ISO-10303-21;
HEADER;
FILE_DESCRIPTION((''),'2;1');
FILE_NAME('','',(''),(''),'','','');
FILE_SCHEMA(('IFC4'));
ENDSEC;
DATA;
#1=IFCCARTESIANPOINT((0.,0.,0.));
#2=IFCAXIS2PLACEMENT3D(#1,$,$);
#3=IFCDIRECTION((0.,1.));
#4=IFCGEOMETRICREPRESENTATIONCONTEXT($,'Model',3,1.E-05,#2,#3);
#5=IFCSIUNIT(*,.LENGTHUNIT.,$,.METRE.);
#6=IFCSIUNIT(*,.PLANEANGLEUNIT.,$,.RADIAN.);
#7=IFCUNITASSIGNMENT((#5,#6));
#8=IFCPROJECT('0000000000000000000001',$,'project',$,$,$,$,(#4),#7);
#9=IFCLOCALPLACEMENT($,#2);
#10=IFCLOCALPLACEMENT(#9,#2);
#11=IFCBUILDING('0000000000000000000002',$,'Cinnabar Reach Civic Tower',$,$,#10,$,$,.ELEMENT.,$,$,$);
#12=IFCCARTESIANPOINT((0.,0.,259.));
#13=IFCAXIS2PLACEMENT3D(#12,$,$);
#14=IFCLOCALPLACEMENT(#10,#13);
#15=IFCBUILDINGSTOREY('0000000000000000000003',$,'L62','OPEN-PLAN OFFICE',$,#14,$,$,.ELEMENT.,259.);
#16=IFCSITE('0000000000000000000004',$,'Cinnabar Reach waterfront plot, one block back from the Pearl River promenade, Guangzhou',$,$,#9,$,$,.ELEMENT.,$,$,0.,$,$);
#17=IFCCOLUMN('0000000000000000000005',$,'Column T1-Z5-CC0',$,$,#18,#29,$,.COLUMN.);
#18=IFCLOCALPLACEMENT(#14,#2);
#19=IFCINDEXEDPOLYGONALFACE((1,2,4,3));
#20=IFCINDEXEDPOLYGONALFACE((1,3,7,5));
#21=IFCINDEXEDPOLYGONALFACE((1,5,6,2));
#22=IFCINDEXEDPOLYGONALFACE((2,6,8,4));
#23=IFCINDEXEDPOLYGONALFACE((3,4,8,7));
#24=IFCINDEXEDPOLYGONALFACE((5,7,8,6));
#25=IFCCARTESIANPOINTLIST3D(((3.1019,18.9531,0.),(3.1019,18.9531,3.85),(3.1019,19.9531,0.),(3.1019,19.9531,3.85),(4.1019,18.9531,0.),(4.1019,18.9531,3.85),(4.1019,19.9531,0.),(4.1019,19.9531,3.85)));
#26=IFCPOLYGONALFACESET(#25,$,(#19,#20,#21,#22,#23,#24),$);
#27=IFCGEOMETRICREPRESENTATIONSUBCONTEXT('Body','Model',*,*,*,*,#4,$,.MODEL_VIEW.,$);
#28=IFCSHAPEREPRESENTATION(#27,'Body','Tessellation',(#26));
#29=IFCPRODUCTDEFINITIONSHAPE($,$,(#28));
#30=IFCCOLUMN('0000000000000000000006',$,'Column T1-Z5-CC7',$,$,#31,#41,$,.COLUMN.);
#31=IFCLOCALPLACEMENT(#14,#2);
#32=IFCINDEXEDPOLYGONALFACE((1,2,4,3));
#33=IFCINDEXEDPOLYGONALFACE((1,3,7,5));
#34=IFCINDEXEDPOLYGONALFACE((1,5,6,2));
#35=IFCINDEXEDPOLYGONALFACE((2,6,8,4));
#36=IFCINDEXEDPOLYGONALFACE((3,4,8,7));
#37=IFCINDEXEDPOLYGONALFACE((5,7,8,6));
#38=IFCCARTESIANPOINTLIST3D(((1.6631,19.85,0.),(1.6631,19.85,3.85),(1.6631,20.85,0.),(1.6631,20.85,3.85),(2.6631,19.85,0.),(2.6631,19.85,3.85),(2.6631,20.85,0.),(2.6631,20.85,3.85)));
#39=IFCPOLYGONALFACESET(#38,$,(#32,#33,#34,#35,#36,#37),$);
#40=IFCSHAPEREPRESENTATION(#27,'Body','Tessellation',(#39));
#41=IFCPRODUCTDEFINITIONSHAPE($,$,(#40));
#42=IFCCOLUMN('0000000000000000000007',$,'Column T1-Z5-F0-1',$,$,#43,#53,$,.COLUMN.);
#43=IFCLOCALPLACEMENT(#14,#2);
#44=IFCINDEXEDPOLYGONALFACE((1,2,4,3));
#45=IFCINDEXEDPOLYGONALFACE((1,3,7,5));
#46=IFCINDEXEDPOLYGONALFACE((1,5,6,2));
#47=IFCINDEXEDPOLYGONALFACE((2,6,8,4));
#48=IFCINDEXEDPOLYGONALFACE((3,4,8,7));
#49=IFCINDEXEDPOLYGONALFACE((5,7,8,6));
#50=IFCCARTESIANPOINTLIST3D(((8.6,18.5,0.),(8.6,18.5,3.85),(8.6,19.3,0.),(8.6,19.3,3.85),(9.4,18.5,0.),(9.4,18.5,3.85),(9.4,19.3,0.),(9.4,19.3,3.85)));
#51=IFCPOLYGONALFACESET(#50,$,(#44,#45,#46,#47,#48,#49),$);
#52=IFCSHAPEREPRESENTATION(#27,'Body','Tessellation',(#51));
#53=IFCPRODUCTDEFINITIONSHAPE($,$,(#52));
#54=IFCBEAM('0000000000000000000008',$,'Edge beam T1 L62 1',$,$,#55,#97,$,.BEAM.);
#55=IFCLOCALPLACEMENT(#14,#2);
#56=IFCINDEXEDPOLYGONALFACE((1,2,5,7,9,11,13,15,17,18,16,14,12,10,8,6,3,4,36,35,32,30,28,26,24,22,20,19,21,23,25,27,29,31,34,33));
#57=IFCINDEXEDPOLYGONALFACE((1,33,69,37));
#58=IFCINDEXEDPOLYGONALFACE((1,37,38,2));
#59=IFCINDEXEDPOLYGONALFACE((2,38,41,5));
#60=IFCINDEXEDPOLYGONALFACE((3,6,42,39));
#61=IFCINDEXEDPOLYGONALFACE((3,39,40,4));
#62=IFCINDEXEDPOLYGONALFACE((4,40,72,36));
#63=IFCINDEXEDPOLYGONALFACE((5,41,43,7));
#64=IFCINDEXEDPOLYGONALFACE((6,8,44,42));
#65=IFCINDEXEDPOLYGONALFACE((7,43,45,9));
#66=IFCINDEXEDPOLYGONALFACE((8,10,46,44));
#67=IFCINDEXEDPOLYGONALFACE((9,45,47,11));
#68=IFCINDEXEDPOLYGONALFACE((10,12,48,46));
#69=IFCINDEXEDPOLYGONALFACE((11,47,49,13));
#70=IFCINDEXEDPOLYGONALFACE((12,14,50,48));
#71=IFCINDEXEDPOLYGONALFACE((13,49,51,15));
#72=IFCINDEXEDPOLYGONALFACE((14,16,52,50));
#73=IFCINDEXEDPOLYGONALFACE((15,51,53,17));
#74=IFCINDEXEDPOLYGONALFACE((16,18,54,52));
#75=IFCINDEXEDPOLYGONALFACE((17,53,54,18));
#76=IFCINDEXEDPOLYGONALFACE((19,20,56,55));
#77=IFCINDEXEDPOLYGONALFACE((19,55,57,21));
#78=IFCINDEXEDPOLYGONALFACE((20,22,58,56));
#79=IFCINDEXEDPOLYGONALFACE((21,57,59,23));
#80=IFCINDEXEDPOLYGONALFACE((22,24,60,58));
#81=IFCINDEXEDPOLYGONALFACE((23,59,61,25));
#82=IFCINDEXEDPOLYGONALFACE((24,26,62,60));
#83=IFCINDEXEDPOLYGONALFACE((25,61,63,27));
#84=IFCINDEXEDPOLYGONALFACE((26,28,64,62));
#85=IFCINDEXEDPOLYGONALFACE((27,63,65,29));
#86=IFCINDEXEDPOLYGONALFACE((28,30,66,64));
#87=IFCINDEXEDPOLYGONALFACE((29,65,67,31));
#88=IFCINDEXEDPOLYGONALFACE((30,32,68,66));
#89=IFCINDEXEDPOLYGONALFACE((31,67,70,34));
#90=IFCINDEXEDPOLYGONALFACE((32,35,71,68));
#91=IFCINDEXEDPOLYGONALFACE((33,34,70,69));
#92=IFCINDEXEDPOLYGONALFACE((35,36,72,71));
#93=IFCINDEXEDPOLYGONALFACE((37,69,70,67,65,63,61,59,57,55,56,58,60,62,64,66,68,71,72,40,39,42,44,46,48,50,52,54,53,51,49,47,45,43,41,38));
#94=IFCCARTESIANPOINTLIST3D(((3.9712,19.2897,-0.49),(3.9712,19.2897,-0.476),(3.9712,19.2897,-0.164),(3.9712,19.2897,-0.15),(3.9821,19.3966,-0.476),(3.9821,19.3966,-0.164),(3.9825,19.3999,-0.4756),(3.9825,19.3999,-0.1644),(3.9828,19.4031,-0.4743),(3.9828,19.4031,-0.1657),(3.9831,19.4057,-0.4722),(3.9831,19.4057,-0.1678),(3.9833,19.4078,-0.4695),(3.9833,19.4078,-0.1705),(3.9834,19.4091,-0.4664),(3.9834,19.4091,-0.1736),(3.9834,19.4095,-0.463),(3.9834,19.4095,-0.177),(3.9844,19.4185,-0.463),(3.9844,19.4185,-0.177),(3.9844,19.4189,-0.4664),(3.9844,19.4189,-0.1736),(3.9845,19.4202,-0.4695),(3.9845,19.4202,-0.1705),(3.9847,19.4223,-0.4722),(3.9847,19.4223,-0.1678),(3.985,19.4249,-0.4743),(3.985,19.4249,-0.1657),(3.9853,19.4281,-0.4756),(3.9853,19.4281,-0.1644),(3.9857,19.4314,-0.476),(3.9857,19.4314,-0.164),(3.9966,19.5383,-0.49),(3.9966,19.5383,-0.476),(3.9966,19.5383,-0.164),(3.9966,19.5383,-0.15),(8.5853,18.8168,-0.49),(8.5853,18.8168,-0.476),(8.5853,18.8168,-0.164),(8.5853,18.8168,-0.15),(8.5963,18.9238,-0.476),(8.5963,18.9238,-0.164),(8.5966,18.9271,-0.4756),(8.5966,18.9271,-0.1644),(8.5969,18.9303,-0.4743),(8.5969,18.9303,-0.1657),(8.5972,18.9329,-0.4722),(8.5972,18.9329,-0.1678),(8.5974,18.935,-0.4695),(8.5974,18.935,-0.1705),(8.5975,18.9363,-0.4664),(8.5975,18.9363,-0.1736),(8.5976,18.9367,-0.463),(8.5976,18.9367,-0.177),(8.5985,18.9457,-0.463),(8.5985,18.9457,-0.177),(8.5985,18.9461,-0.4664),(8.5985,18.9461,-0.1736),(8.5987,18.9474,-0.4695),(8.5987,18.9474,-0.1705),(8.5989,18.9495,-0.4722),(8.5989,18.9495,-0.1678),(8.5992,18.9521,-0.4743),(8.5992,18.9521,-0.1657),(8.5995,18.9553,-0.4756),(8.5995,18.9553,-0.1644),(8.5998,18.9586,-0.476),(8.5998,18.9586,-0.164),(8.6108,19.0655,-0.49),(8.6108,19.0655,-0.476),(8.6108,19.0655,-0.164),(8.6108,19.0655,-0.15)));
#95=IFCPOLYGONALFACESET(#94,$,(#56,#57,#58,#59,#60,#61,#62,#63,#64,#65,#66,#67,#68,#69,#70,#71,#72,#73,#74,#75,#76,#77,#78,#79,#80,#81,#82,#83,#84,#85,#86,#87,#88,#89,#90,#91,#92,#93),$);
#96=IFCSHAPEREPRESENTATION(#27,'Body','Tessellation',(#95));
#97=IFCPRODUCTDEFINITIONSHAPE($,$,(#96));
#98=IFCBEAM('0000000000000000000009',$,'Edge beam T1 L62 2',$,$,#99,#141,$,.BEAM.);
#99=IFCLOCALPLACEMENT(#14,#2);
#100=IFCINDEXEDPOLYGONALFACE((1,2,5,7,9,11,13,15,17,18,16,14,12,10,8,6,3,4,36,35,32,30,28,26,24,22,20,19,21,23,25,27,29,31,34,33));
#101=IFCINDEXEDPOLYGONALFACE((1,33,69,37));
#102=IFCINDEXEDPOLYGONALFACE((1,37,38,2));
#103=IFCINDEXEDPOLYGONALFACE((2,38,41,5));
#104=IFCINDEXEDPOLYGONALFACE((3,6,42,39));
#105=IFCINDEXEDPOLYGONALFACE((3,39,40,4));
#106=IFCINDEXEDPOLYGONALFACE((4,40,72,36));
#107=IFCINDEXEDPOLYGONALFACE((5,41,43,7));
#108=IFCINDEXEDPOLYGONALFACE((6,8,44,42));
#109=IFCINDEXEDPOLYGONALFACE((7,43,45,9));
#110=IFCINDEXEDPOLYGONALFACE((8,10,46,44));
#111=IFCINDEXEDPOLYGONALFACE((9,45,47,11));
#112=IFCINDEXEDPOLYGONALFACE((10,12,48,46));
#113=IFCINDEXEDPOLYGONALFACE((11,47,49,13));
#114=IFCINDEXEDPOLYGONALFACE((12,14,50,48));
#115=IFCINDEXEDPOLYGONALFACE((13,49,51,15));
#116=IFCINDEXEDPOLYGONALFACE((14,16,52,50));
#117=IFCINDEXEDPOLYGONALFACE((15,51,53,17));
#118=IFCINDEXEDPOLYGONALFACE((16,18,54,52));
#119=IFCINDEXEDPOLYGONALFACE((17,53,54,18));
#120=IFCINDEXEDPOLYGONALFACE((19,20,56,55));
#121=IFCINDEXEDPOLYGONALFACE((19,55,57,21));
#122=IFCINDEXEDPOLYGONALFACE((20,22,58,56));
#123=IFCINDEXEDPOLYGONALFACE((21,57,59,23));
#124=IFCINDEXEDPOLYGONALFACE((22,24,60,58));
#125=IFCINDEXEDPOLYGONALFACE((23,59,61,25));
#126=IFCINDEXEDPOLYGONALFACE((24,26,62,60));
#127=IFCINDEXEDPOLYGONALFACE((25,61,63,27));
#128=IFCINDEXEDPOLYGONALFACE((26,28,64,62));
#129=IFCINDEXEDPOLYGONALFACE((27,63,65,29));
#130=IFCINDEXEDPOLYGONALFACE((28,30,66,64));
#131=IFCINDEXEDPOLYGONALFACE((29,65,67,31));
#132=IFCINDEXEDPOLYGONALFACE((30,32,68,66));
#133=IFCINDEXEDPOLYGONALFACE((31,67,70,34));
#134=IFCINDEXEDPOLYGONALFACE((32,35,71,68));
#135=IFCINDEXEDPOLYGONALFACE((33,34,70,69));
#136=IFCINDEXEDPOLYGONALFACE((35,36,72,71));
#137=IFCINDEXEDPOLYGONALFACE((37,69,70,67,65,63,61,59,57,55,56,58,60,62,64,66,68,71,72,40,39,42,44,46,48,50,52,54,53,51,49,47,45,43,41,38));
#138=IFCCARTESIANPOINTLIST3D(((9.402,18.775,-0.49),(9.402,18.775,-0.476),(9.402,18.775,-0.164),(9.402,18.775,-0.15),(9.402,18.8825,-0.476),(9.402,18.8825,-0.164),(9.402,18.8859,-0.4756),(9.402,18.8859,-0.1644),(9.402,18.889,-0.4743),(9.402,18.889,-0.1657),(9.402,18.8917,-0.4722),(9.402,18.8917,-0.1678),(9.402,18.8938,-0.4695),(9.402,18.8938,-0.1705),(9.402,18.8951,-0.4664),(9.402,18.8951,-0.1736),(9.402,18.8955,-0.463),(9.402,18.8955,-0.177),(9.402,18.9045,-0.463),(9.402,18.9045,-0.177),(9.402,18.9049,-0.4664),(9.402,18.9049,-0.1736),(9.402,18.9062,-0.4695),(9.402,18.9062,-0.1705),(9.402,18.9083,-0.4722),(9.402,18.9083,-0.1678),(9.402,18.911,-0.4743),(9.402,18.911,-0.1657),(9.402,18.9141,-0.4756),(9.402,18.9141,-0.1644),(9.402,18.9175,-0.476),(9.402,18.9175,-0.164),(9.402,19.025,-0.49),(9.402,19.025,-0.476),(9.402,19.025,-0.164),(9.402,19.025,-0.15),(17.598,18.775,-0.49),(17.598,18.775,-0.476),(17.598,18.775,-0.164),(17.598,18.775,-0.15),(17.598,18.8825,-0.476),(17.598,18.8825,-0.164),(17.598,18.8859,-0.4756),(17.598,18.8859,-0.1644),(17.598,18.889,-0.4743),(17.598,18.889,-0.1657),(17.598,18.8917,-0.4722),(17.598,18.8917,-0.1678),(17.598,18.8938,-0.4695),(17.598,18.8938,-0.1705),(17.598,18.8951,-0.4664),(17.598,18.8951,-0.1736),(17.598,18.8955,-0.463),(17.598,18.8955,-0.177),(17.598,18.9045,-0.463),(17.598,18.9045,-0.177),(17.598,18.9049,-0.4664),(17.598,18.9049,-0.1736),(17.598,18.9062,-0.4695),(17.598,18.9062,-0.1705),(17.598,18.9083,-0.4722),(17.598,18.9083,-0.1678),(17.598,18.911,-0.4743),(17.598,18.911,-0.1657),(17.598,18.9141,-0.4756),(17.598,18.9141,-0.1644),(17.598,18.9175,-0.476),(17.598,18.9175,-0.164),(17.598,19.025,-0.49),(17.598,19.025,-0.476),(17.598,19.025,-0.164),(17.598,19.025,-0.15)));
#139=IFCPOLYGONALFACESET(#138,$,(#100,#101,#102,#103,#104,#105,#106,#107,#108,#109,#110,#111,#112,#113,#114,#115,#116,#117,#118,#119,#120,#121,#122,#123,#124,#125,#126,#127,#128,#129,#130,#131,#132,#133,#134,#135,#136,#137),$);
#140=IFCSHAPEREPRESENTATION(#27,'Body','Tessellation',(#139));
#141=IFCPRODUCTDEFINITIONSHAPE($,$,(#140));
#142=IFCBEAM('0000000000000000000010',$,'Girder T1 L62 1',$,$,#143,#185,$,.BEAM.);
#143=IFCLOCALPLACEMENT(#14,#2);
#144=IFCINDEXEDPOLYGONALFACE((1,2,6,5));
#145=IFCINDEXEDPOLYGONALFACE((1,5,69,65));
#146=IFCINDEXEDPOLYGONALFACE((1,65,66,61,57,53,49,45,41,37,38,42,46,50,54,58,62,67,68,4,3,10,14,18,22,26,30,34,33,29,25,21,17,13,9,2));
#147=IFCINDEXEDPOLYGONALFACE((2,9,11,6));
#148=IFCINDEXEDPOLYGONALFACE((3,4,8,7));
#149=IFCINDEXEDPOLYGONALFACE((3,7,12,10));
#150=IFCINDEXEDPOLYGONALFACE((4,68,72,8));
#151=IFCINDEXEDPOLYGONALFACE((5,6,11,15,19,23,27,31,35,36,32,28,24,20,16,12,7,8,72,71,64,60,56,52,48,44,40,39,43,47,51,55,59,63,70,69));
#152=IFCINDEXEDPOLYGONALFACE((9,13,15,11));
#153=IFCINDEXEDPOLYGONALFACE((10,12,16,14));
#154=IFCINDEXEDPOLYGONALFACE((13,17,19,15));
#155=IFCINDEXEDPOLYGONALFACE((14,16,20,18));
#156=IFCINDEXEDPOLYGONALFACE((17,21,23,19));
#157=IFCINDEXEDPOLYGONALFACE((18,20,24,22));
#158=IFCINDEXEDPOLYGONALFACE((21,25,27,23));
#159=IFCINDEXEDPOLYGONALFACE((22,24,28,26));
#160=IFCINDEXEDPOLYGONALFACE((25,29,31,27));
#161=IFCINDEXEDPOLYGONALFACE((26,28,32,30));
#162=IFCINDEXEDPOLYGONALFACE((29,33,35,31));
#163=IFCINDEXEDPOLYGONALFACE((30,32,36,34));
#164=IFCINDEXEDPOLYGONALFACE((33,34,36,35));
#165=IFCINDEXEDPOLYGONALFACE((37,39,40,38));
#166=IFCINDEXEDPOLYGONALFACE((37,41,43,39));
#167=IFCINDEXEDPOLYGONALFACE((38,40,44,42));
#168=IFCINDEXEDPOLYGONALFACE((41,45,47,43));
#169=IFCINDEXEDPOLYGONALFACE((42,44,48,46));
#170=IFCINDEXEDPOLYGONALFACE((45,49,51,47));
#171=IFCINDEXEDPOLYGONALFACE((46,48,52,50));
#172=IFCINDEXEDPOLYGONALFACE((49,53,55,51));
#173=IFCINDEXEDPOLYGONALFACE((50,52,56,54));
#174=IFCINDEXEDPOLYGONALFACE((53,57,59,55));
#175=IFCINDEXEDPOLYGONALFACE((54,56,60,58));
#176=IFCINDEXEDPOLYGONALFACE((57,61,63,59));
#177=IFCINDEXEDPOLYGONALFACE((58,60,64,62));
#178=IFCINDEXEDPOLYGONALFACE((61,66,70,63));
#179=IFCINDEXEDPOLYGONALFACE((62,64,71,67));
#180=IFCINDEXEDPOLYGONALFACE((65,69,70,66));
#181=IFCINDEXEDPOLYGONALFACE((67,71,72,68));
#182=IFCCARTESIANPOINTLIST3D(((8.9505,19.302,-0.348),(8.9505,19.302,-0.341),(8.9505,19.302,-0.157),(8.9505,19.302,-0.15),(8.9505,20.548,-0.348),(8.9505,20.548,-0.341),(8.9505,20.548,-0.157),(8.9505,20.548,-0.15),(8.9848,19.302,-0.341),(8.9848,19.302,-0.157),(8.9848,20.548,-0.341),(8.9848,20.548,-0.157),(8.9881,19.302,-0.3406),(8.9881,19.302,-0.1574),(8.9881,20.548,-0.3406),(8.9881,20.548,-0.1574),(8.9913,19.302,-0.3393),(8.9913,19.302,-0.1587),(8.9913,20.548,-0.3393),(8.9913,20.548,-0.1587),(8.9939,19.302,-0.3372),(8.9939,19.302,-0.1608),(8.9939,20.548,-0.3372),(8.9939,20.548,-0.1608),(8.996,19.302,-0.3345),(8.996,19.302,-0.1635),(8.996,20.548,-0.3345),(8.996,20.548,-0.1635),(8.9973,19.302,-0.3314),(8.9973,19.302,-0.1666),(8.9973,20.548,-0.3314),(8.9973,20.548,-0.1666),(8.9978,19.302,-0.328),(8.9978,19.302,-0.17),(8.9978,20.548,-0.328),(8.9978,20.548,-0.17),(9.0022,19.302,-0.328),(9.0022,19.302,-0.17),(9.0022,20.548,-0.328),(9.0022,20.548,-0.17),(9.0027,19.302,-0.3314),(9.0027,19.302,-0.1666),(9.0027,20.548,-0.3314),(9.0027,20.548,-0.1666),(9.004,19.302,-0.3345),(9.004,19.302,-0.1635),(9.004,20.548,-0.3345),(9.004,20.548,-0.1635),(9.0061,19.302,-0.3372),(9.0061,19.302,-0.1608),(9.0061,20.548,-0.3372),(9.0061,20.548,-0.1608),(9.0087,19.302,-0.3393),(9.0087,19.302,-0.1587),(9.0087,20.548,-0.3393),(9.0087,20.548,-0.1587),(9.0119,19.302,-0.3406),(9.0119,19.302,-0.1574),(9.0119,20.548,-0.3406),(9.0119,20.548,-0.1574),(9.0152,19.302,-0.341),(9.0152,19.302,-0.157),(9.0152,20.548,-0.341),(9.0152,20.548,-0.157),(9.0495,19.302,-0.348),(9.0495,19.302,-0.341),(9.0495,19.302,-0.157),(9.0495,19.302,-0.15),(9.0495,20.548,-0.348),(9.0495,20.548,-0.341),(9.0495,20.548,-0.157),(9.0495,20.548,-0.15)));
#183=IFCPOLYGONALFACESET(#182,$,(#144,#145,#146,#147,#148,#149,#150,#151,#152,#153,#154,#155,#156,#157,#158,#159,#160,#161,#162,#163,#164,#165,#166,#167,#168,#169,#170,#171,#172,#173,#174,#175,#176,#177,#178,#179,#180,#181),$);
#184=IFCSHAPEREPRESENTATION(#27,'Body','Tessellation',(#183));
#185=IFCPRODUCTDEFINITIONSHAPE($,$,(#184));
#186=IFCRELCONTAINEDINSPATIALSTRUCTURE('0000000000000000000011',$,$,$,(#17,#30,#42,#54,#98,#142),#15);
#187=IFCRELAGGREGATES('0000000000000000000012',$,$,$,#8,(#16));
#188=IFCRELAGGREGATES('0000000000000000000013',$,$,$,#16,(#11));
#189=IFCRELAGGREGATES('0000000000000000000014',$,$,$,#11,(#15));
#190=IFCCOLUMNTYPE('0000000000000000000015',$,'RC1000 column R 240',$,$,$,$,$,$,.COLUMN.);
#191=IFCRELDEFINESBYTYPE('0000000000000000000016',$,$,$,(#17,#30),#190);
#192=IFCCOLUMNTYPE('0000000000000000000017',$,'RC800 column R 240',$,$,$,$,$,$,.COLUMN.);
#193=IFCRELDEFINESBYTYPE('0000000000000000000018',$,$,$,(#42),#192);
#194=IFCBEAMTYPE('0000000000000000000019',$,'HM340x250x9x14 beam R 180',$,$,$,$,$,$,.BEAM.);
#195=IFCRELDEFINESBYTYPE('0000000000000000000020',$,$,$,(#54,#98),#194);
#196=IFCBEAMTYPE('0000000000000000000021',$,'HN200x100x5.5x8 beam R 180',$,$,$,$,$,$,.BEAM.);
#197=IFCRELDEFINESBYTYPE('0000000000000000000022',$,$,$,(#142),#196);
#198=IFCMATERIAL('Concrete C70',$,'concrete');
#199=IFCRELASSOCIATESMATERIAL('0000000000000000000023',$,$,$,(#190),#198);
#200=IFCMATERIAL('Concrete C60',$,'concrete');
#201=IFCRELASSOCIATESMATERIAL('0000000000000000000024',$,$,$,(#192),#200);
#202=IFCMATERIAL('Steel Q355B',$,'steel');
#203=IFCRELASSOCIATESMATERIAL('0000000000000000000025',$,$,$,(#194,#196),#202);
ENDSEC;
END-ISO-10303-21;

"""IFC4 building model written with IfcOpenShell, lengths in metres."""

from ifc_helpers import new_model, si_unit, direction, frame, origin, origin_2d, place, context, subcontext, project, spatial, rectangle, i_section, extrude, material, material_profile, profile_set, type_object, element, save


model = new_model("IFC4")

# Units and contexts
model_context = context("Model", 3, precision=1e-05, world=origin(), true_north=direction((0.0, 1.0)))
body_context = subcontext(model_context, "Body", "Model", "MODEL_VIEW")
ifc_project = project(units=[si_unit("LENGTHUNIT", "METRE"), si_unit("PLANEANGLEUNIT", "RADIAN")], contexts=[model_context])

# Site, building, storey
site_placement = place(None, origin())
site = spatial("IfcSite", under=ifc_project, at=site_placement, Name="Cinnabar Reach waterfront plot, one block back from the Pearl River promenade, Guangzhou", CompositionType="ELEMENT", RefElevation=0.0)
building_placement = place(site_placement, origin())
building = spatial("IfcBuilding", under=site, at=building_placement, Name="Cinnabar Reach Civic Tower", CompositionType="ELEMENT")
storey_placement = place(building_placement, frame((0.0, 0.0, 259.0)))
storey = spatial("IfcBuildingStorey", under=building, at=storey_placement, Name="L62", Description="OPEN-PLAN OFFICE", CompositionType="ELEMENT", Elevation=259.0)

# Columns
ifc_material_1 = material(Name="Concrete C70", Category="concrete")
ifc_material_profile_1 = material_profile(ifc_material_1, rectangle(XDim=1.0, YDim=1.0, at=origin_2d()), Name="RC1000")
ifc_profile_set_1 = profile_set([ifc_material_profile_1], Name="Concrete C70")
column_type_1 = type_object("IfcColumnType", Name="RC1000 column R 240", PredefinedType="COLUMN", material=ifc_profile_set_1)
for number, where, z_axis, x_axis, name in (
    (1, (3.6019, 19.4531, 0.0), (0.0, 0.0, 1.0), (1.0, 0.0, 0.0), "Column T1-Z5-CC0"),
    (2, (2.1631, 20.35, 0.0), (0.0, 0.0, 1.0), (1.0, 0.0, 0.0), "Column T1-Z5-CC7"),
):
    element("IfcColumn", number, at=place(storey_placement, frame(where, z_axis=z_axis, x_axis=x_axis)), inside=storey, type_object=column_type_1, Name=name, PredefinedType="COLUMN", context=body_context, shape_type="SweptSolid", body=[
        extrude(rectangle(XDim=1.0, YDim=1.0, at=origin_2d()), origin(), (0.0, 0.0, 1.0), 3.85),
    ])
ifc_material_2 = material(Name="Concrete C60", Category="concrete")
ifc_material_profile_2 = material_profile(ifc_material_2, rectangle(XDim=0.8, YDim=0.8, at=origin_2d()), Name="RC800")
ifc_profile_set_2 = profile_set([ifc_material_profile_2], Name="Concrete C60")
column_type_2 = type_object("IfcColumnType", Name="RC800 column R 240", PredefinedType="COLUMN", material=ifc_profile_set_2)
column_placement = place(storey_placement, frame((9.0, 18.9, 0.0), z_axis=(0.0, 0.0, 1.0), x_axis=(1.0, 0.0, 0.0)))
element("IfcColumn", 3, at=column_placement, inside=storey, type_object=column_type_2, Name="Column T1-Z5-F0-1", PredefinedType="COLUMN", context=body_context, shape_type="SweptSolid", body=[
    extrude(rectangle(XDim=0.8, YDim=0.8, at=origin_2d()), origin(), (0.0, 0.0, 1.0), 3.85),
])

# Beams
ifc_material_3 = material(Name="Steel Q355B", Category="steel")
ifc_material_profile_3 = material_profile(ifc_material_3, i_section(OverallWidth=0.25, OverallDepth=0.34, WebThickness=0.009, FlangeThickness=0.014, FilletRadius=0.013, at=origin_2d()), Name="HM340x250x9x14")
ifc_profile_set_3 = profile_set([ifc_material_profile_3], Name="Steel Q355B")
beam_type_1 = type_object("IfcBeamType", Name="HM340x250x9x14 beam R 180", PredefinedType="BEAM", material=ifc_profile_set_3)
beam_1_placement = place(storey_placement, frame((3.9839, 19.414, -0.32), z_axis=(0.994791, -0.101935, 0.0), x_axis=(0.101935, 0.994791, 0.0)))
element("IfcBeam", 4, at=beam_1_placement, inside=storey, type_object=beam_type_1, Name="Edge beam T1 L62 1", PredefinedType="BEAM", context=body_context, shape_type="SweptSolid", body=[
    extrude(i_section(OverallWidth=0.25, OverallDepth=0.34, WebThickness=0.009, FlangeThickness=0.014, FilletRadius=0.013, at=origin_2d()), origin(), (0.0, 0.0, 1.0), 4.6383),
])
beam_2_placement = place(storey_placement, frame((9.402, 18.9, -0.32), z_axis=(1.0, 0.0, 0.0), x_axis=(0.0, 1.0, 0.0)))
element("IfcBeam", 5, at=beam_2_placement, inside=storey, type_object=beam_type_1, Name="Edge beam T1 L62 2", PredefinedType="BEAM", context=body_context, shape_type="SweptSolid", body=[
    extrude(i_section(OverallWidth=0.25, OverallDepth=0.34, WebThickness=0.009, FlangeThickness=0.014, FilletRadius=0.013, at=origin_2d()), origin(), (0.0, 0.0, 1.0), 8.196),
])
ifc_material_profile_4 = material_profile(ifc_material_3, i_section(OverallWidth=0.099, OverallDepth=0.198, WebThickness=0.0045, FlangeThickness=0.007, FilletRadius=0.013, at=origin_2d()), Name="HN200x100x5.5x8")
ifc_profile_set_4 = profile_set([ifc_material_profile_4], Name="Steel Q355B")
beam_type_2 = type_object("IfcBeamType", Name="HN200x100x5.5x8 beam R 180", PredefinedType="BEAM", material=ifc_profile_set_4)
beam_3_placement = place(storey_placement, frame((9.0, 19.302, -0.249), z_axis=(0.0, 1.0, 0.0), x_axis=(-1.0, 0.0, 0.0)))
element("IfcBeam", 6, at=beam_3_placement, inside=storey, type_object=beam_type_2, Name="Girder T1 L62 1", PredefinedType="BEAM", context=body_context, shape_type="SweptSolid", body=[
    extrude(i_section(OverallWidth=0.099, OverallDepth=0.198, WebThickness=0.0045, FlangeThickness=0.007, FilletRadius=0.013, at=origin_2d()), origin(), (0.0, 0.0, 1.0), 1.246),
])

save(model, "model.ifc")
